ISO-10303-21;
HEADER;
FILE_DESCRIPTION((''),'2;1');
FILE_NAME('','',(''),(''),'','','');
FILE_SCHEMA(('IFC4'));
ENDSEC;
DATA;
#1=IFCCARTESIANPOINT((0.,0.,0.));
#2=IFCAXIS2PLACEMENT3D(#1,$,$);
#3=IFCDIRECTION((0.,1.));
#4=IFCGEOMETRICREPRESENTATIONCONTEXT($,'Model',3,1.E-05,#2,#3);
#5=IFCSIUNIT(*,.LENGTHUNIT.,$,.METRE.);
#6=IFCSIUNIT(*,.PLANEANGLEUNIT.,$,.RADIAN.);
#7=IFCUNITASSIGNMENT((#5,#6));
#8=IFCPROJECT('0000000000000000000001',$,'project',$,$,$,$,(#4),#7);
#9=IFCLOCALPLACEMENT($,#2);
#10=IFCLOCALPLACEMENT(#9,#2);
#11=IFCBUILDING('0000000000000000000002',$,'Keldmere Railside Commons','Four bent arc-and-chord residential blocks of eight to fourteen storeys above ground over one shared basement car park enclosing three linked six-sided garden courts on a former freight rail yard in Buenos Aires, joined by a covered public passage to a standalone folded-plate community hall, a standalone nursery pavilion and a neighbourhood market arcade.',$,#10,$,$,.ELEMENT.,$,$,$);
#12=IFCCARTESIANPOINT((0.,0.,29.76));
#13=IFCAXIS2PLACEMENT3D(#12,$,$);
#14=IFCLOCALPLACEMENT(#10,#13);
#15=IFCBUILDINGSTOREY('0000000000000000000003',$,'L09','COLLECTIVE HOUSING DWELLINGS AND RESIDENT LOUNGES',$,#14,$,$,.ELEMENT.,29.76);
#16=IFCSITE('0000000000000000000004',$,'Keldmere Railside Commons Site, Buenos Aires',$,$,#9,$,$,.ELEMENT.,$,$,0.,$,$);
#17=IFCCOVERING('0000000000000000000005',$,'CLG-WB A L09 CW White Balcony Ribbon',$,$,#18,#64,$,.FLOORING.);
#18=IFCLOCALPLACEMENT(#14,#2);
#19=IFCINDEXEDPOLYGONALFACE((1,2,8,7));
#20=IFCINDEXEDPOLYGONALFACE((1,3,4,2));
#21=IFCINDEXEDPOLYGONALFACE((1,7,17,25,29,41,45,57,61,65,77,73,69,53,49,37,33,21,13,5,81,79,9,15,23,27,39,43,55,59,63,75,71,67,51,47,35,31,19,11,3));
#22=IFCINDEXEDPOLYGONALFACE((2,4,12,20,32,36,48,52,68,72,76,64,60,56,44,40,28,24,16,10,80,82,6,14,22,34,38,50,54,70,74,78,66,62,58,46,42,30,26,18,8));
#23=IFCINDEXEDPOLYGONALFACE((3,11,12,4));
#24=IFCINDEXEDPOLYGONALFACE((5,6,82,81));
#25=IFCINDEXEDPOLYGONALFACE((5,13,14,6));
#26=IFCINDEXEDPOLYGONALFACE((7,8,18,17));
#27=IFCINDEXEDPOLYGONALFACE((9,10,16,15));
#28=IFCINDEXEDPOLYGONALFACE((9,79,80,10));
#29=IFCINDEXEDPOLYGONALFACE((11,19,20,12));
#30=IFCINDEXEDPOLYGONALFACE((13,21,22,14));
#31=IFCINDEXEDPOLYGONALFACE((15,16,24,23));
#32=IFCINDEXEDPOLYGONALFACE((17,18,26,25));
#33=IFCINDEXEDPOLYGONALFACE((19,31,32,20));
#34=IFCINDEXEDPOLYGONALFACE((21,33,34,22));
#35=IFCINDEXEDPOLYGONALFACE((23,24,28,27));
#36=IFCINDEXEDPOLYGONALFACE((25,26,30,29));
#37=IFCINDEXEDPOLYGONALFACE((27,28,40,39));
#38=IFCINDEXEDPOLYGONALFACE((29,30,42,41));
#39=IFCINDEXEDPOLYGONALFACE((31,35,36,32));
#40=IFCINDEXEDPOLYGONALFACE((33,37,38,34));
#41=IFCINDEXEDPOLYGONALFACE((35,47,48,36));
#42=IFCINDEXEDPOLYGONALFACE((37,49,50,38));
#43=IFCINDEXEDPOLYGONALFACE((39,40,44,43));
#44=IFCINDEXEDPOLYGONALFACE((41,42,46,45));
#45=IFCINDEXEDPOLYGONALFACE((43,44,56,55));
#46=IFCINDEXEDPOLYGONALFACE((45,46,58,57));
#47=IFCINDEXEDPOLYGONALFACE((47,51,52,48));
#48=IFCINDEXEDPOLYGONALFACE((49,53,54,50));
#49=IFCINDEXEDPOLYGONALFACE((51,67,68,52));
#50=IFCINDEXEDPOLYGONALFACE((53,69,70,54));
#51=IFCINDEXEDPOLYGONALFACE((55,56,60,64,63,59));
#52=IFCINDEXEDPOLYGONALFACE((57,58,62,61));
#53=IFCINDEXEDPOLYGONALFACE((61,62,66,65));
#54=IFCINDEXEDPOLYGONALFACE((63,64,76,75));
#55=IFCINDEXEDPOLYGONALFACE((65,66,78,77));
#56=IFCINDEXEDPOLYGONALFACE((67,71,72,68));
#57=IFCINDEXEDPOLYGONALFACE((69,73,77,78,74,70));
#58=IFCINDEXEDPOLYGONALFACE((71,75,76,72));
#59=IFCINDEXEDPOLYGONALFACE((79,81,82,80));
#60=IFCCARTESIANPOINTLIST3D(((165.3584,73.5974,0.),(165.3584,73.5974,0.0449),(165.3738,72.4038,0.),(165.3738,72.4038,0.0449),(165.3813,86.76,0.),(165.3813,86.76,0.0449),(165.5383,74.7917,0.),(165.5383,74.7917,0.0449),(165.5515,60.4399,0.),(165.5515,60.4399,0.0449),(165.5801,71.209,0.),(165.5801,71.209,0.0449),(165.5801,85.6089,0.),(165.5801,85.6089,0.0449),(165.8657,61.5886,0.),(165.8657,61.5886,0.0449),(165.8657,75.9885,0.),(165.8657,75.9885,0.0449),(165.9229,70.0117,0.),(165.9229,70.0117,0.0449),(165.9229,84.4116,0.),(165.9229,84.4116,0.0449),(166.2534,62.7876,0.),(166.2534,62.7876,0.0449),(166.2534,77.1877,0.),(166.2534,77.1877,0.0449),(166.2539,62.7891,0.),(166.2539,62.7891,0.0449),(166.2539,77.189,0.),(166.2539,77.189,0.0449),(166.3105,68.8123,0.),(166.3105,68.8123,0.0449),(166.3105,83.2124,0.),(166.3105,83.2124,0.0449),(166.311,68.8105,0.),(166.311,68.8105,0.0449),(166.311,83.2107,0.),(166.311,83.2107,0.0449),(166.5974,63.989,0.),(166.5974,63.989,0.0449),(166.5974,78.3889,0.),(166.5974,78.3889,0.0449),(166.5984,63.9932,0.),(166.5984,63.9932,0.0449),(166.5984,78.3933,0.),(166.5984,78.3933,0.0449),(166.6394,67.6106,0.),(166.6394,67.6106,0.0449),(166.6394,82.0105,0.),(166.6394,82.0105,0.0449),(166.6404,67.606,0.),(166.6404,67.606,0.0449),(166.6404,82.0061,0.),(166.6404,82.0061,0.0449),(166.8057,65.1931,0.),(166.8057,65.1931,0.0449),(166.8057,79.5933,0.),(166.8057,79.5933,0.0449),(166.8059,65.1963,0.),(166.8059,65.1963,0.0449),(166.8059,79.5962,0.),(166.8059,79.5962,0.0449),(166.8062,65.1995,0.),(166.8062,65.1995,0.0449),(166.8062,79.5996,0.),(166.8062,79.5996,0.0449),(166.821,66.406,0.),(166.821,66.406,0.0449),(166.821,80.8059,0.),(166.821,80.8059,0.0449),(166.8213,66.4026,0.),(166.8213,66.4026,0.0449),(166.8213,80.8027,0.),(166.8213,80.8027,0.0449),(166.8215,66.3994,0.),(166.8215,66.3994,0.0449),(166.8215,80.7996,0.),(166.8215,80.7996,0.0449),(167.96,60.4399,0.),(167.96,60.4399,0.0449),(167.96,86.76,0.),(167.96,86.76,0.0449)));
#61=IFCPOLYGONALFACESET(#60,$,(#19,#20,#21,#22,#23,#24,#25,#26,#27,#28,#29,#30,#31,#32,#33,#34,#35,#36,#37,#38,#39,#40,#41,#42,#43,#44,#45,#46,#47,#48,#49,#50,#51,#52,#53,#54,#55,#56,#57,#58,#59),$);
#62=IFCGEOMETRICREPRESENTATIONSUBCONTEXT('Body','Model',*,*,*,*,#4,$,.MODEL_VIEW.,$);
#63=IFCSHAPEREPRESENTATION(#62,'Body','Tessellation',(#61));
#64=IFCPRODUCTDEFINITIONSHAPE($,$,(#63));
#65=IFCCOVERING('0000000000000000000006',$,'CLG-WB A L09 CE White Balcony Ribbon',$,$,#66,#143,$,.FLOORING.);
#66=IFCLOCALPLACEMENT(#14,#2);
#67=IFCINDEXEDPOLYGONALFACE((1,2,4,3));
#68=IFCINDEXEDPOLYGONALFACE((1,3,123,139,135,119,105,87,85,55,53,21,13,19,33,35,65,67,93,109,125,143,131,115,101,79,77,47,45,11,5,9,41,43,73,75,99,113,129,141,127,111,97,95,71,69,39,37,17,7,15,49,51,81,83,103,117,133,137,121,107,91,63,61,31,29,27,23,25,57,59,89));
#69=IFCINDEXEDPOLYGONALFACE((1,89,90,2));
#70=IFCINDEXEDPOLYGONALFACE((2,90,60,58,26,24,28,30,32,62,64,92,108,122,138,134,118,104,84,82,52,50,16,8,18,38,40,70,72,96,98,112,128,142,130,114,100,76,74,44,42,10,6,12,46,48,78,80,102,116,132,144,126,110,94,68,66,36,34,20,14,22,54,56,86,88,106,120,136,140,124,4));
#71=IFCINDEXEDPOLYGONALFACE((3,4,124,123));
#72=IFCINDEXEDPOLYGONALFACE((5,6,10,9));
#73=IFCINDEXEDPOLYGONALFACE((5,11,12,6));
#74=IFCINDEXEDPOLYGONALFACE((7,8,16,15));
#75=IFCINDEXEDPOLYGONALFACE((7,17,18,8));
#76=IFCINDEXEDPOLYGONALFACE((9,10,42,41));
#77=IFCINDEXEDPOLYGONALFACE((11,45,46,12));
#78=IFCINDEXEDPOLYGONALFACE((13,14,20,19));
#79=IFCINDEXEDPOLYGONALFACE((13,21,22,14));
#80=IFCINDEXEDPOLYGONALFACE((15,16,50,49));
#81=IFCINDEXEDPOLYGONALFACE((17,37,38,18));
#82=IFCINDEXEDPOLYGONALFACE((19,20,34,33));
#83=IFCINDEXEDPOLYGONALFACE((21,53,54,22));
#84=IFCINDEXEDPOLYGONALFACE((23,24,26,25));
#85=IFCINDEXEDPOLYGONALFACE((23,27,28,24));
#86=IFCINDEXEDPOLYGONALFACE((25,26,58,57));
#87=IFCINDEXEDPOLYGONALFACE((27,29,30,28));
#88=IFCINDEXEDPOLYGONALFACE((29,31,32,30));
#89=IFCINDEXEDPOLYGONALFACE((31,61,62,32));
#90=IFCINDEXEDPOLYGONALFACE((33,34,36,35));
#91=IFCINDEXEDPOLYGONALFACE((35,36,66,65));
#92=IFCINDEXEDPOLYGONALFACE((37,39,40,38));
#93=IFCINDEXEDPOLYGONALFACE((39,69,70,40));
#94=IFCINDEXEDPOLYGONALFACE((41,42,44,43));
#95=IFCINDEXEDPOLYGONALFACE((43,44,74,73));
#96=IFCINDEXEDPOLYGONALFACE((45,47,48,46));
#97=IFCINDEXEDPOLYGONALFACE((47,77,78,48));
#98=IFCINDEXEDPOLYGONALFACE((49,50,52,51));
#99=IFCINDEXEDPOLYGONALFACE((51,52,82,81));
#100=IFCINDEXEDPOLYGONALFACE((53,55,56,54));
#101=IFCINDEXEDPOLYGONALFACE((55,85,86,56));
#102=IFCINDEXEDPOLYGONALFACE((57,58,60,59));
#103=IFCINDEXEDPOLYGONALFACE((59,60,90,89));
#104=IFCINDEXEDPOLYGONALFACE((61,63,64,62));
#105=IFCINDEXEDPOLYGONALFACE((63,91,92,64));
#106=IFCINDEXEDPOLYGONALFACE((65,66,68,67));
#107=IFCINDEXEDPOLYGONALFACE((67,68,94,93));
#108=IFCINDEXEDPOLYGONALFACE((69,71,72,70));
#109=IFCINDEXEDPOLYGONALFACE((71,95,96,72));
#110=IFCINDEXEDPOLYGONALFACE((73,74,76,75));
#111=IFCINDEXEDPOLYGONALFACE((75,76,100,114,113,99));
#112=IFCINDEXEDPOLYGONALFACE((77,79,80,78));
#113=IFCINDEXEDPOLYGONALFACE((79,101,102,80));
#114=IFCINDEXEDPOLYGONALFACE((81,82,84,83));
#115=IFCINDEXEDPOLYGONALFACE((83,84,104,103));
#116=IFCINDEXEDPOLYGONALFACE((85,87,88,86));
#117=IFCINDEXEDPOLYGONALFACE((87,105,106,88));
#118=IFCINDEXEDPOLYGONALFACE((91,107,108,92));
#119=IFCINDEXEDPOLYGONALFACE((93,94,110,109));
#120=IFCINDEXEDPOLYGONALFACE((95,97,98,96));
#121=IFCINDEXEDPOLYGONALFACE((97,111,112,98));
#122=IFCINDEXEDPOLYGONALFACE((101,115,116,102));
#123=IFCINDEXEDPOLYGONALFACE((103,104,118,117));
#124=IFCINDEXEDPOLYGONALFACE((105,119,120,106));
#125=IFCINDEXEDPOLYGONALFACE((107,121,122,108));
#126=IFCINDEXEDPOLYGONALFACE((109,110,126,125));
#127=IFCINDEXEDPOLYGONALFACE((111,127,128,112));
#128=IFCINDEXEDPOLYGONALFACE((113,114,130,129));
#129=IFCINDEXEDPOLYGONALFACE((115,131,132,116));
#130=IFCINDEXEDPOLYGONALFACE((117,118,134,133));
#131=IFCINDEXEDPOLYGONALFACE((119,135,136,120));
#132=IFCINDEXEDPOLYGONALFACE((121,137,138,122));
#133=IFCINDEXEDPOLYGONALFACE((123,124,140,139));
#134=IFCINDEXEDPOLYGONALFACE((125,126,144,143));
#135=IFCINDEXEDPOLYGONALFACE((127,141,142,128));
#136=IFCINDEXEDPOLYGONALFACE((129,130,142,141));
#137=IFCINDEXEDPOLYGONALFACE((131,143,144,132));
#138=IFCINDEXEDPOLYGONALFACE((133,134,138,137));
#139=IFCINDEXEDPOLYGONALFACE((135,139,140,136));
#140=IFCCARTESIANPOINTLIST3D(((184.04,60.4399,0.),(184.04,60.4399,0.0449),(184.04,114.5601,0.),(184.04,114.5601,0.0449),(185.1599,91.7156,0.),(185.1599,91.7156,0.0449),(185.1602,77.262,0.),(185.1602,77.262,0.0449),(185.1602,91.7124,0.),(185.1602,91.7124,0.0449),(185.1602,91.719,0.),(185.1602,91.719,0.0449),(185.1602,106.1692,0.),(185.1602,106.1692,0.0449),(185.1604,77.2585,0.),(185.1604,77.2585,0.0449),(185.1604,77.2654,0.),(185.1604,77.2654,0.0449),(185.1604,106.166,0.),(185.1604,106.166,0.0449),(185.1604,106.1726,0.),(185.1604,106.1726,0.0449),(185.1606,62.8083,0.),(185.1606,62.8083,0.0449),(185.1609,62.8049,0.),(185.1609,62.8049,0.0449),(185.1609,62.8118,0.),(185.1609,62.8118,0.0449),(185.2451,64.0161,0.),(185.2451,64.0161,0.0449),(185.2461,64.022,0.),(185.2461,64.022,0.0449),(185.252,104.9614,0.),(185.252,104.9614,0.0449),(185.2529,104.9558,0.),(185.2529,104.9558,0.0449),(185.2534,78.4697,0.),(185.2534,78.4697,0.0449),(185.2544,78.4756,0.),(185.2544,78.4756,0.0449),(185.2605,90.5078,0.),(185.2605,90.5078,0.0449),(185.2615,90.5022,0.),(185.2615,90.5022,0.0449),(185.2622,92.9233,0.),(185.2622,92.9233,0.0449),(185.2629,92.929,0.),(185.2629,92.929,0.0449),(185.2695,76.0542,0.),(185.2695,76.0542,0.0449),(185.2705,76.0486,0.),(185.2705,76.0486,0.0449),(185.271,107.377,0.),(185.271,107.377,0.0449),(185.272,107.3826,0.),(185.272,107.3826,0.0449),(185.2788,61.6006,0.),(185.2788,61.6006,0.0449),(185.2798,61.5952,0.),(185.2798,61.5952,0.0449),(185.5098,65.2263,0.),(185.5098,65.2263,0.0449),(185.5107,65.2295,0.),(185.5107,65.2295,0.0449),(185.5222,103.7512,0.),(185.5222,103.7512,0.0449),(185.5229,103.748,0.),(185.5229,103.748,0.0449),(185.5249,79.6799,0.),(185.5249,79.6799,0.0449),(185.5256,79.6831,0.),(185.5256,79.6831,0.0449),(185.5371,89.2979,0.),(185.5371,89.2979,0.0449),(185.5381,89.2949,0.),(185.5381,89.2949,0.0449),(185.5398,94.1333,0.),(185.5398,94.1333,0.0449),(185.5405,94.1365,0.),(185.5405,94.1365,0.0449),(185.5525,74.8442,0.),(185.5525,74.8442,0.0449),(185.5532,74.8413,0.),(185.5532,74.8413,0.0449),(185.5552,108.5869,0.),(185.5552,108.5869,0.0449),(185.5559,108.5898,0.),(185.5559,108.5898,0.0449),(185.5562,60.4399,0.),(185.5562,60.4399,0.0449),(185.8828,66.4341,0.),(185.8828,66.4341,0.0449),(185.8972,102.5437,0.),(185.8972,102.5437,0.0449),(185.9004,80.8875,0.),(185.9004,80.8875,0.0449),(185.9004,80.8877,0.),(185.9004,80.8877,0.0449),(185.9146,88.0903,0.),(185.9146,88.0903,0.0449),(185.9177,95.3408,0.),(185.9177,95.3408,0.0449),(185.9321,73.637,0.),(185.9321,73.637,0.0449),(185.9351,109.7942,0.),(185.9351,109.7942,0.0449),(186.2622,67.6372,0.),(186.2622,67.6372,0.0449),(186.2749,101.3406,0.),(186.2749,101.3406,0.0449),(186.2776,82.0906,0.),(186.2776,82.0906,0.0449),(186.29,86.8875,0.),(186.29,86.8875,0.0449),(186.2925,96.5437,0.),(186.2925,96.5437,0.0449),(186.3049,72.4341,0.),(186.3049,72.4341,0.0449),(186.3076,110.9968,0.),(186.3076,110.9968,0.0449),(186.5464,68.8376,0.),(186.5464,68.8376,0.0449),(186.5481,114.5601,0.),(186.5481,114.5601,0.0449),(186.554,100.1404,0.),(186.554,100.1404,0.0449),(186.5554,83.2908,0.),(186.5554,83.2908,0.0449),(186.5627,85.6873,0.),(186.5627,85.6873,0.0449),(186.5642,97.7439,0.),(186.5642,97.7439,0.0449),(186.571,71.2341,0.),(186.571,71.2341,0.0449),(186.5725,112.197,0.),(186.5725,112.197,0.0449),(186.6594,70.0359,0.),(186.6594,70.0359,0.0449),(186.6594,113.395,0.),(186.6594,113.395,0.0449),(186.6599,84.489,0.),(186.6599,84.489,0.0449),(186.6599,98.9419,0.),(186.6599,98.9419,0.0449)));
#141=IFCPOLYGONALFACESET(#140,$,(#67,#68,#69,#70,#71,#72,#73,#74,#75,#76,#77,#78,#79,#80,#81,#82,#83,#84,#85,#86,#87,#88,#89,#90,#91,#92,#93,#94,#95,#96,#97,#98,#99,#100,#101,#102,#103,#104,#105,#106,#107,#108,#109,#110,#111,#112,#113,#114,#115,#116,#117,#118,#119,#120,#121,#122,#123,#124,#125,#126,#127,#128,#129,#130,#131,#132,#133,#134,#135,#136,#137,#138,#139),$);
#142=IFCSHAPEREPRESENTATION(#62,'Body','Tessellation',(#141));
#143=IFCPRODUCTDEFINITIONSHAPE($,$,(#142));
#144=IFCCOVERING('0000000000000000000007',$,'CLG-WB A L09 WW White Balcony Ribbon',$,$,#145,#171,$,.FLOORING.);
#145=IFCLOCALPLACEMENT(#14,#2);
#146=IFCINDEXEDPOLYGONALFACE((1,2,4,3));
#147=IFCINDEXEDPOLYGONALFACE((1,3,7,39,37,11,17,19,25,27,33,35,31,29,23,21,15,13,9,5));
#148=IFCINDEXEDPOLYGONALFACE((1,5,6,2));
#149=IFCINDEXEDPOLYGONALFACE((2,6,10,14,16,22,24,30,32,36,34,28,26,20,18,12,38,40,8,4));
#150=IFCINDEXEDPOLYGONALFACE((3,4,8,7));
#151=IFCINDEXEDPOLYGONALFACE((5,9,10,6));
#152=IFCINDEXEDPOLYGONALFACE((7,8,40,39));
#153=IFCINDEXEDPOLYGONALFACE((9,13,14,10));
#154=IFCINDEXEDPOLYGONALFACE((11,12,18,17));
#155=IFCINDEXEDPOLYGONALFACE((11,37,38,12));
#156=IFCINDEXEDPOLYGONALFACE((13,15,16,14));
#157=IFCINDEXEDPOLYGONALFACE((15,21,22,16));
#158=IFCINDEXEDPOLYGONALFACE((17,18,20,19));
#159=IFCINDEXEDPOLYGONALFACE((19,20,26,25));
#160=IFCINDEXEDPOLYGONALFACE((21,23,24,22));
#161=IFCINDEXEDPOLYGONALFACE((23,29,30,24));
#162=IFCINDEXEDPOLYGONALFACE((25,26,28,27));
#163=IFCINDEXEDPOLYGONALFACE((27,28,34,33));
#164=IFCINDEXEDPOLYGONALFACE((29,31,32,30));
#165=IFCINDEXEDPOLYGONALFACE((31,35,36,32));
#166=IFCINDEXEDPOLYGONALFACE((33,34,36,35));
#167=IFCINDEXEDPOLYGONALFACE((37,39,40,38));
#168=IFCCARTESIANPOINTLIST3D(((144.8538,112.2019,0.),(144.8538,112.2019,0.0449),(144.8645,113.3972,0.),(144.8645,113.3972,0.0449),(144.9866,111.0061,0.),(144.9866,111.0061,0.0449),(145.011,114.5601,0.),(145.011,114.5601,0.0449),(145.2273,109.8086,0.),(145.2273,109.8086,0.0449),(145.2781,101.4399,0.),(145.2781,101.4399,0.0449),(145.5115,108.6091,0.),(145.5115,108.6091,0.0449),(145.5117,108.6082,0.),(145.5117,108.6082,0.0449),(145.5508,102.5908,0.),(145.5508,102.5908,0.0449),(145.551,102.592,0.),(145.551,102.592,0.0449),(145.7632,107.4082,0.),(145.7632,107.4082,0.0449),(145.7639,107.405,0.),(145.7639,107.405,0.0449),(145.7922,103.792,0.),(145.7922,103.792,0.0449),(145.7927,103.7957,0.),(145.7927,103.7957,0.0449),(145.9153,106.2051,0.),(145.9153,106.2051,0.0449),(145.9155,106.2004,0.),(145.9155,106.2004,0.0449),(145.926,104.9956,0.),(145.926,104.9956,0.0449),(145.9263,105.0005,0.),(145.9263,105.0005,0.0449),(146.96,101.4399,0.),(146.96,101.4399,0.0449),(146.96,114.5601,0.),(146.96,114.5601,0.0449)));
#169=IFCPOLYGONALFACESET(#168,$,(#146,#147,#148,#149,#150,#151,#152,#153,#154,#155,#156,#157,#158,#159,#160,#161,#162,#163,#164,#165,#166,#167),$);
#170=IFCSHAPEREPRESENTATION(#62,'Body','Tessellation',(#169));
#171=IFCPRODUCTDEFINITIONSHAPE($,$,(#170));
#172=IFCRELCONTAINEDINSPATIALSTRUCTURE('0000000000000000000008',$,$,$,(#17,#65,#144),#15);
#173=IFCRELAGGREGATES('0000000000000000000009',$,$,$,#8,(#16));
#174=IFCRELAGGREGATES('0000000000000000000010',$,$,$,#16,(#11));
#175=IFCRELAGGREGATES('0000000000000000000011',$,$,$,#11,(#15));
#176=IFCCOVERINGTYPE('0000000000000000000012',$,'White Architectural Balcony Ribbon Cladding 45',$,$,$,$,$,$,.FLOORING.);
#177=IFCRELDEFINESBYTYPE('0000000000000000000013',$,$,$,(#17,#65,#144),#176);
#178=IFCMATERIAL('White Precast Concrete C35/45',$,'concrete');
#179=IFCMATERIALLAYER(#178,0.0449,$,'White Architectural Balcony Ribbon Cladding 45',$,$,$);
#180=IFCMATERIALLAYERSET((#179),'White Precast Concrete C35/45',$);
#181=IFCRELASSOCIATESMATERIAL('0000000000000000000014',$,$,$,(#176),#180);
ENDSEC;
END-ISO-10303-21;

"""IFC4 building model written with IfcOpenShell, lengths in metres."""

from ifc_helpers import new_model, si_unit, direction, frame, origin, place, context, subcontext, project, spatial, polyline, outline, extrude, material, layer, layer_set, type_object, element, save


model = new_model("IFC4")

# Units and contexts
model_context = context("Model", 3, precision=1e-05, world=origin(), true_north=direction((0.0, 1.0)))
body_context = subcontext(model_context, "Body", "Model", "MODEL_VIEW")
ifc_project = project(units=[si_unit("LENGTHUNIT", "METRE"), si_unit("PLANEANGLEUNIT", "RADIAN")], contexts=[model_context])

# Site, building, storey
site_placement = place(None, origin())
site = spatial("IfcSite", under=ifc_project, at=site_placement, Name="Keldmere Railside Commons Site, Buenos Aires", CompositionType="ELEMENT", RefElevation=0.0)
building_placement = place(site_placement, origin())
building = spatial("IfcBuilding", under=site, at=building_placement, Name="Keldmere Railside Commons", Description="Four bent arc-and-chord residential blocks of eight to fourteen storeys above ground over one shared basement car park enclosing three linked six-sided garden courts on a former freight rail yard in Buenos Aires, joined by a covered public passage to a standalone folded-plate community hall, a standalone nursery pavilion and a neighbourhood market arcade.", CompositionType="ELEMENT")
storey_placement = place(building_placement, frame((0.0, 0.0, 29.76)))
storey = spatial("IfcBuildingStorey", under=building, at=storey_placement, Name="L09", Description="COLLECTIVE HOUSING DWELLINGS AND RESIDENT LOUNGES", CompositionType="ELEMENT", Elevation=29.76)

# Coverings
ifc_material_1 = material(Name="White Precast Concrete C35/45", Category="concrete")
ifc_layer_1 = layer(ifc_material_1, 0.0449, Name="White Architectural Balcony Ribbon Cladding 45")
ifc_layer_set_1 = layer_set([ifc_layer_1], Name="White Precast Concrete C35/45")
covering_type = type_object("IfcCoveringType", Name="White Architectural Balcony Ribbon Cladding 45", PredefinedType="FLOORING", material=ifc_layer_set_1)
covering_1_placement = place(storey_placement, origin())
element("IfcCovering", 1, at=covering_1_placement, inside=storey, type_object=covering_type, Name="CLG-WB A L09 CW White Balcony Ribbon", PredefinedType="FLOORING", context=body_context, shape_type="SweptSolid", body=[
    extrude(outline(polyline([(167.96, 86.76), (165.3813, 86.76), (165.5801, 85.6089), (165.9229, 84.4116), (166.3105, 83.2124), (166.311, 83.2107), (166.6394, 82.0105), (166.6404, 82.0061), (166.821, 80.8059), (166.8213, 80.8027), (166.8215, 80.7996), (166.8062, 79.5996), (166.8059, 79.5962), (166.8057, 79.5933), (166.5984, 78.3933), (166.5974, 78.3889), (166.2539, 77.189), (166.2534, 77.1877), (165.8657, 75.9885), (165.5383, 74.7917), (165.3584, 73.5974), (165.3738, 72.4038), (165.5801, 71.209), (165.9229, 70.0117), (166.3105, 68.8123), (166.311, 68.8105), (166.6394, 67.6106), (166.6404, 67.606), (166.821, 66.406), (166.8213, 66.4026), (166.8215, 66.3994), (166.8062, 65.1995), (166.8059, 65.1963), (166.8057, 65.1931), (166.5984, 63.9932), (166.5974, 63.989), (166.2539, 62.7891), (166.2534, 62.7876), (165.8657, 61.5886), (165.5515, 60.4399), (167.96, 60.4399), (167.96, 86.76)])), origin(), (0.0, 0.0, 1.0), 0.0449),
])
covering_2_placement = place(storey_placement, origin())
element("IfcCovering", 2, at=covering_2_placement, inside=storey, type_object=covering_type, Name="CLG-WB A L09 CE White Balcony Ribbon", PredefinedType="FLOORING", context=body_context, shape_type="SweptSolid", body=[
    extrude(outline(polyline([(185.2798, 61.5952), (185.2788, 61.6006), (185.1609, 62.8049), (185.1606, 62.8083), (185.1609, 62.8118), (185.2451, 64.0161), (185.2461, 64.022), (185.5098, 65.2263), (185.5107, 65.2295), (185.8828, 66.4341), (185.8828, 66.4341), (186.2622, 67.6372), (186.5464, 68.8376), (186.6594, 70.0359), (186.571, 71.2341), (186.3049, 72.4341), (185.9321, 73.637), (185.5532, 74.8413), (185.5525, 74.8442), (185.2705, 76.0486), (185.2695, 76.0542), (185.1604, 77.2585), (185.1602, 77.262), (185.1604, 77.2654), (185.2534, 78.4697), (185.2544, 78.4756), (185.5249, 79.6799), (185.5256, 79.6831), (185.9004, 80.8875), (185.9004, 80.8877), (186.2776, 82.0906), (186.5554, 83.2908), (186.6599, 84.489), (186.5627, 85.6873), (186.29, 86.8875), (185.9146, 88.0903), (185.5381, 89.2949), (185.5371, 89.2979), (185.2615, 90.5022), (185.2605, 90.5078), (185.1602, 91.7124), (185.1599, 91.7156), (185.1602, 91.719), (185.2622, 92.9233), (185.2629, 92.929), (185.5398, 94.1333), (185.5405, 94.1365), (185.9177, 95.3408), (186.2925, 96.5437), (186.5642, 97.7439), (186.6599, 98.9419), (186.554, 100.1404), (186.2749, 101.3406), (185.8972, 102.5437), (185.8972, 102.5437), (185.5229, 103.748), (185.5222, 103.7512), (185.2529, 104.9558), (185.252, 104.9614), (185.1604, 106.166), (185.1602, 106.1692), (185.1604, 106.1726), (185.271, 107.377), (185.272, 107.3826), (185.5552, 108.5869), (185.5559, 108.5898), (185.9351, 109.7942), (186.3076, 110.9968), (186.5725, 112.197), (186.6594, 113.395), (186.5481, 114.5601), (184.04, 114.5601), (184.04, 60.4399), (185.5562, 60.4399), (185.2798, 61.5952)])), origin(), (0.0, 0.0, 1.0), 0.0449),
])
covering_3_placement = place(storey_placement, origin())
element("IfcCovering", 3, at=covering_3_placement, inside=storey, type_object=covering_type, Name="CLG-WB A L09 WW White Balcony Ribbon", PredefinedType="FLOORING", context=body_context, shape_type="SweptSolid", body=[
    extrude(outline(polyline([(146.96, 114.5601), (145.011, 114.5601), (144.8645, 113.3972), (144.8538, 112.2019), (144.9866, 111.0061), (145.2273, 109.8086), (145.5115, 108.6091), (145.5117, 108.6082), (145.7632, 107.4082), (145.7639, 107.405), (145.9153, 106.2051), (145.9155, 106.2004), (145.9263, 105.0005), (145.926, 104.9956), (145.7927, 103.7957), (145.7922, 103.792), (145.551, 102.592), (145.5508, 102.5908), (145.2781, 101.4399), (146.96, 101.4399), (146.96, 114.5601)])), origin(), (0.0, 0.0, 1.0), 0.0449),
])

save(model, "model.ifc")
